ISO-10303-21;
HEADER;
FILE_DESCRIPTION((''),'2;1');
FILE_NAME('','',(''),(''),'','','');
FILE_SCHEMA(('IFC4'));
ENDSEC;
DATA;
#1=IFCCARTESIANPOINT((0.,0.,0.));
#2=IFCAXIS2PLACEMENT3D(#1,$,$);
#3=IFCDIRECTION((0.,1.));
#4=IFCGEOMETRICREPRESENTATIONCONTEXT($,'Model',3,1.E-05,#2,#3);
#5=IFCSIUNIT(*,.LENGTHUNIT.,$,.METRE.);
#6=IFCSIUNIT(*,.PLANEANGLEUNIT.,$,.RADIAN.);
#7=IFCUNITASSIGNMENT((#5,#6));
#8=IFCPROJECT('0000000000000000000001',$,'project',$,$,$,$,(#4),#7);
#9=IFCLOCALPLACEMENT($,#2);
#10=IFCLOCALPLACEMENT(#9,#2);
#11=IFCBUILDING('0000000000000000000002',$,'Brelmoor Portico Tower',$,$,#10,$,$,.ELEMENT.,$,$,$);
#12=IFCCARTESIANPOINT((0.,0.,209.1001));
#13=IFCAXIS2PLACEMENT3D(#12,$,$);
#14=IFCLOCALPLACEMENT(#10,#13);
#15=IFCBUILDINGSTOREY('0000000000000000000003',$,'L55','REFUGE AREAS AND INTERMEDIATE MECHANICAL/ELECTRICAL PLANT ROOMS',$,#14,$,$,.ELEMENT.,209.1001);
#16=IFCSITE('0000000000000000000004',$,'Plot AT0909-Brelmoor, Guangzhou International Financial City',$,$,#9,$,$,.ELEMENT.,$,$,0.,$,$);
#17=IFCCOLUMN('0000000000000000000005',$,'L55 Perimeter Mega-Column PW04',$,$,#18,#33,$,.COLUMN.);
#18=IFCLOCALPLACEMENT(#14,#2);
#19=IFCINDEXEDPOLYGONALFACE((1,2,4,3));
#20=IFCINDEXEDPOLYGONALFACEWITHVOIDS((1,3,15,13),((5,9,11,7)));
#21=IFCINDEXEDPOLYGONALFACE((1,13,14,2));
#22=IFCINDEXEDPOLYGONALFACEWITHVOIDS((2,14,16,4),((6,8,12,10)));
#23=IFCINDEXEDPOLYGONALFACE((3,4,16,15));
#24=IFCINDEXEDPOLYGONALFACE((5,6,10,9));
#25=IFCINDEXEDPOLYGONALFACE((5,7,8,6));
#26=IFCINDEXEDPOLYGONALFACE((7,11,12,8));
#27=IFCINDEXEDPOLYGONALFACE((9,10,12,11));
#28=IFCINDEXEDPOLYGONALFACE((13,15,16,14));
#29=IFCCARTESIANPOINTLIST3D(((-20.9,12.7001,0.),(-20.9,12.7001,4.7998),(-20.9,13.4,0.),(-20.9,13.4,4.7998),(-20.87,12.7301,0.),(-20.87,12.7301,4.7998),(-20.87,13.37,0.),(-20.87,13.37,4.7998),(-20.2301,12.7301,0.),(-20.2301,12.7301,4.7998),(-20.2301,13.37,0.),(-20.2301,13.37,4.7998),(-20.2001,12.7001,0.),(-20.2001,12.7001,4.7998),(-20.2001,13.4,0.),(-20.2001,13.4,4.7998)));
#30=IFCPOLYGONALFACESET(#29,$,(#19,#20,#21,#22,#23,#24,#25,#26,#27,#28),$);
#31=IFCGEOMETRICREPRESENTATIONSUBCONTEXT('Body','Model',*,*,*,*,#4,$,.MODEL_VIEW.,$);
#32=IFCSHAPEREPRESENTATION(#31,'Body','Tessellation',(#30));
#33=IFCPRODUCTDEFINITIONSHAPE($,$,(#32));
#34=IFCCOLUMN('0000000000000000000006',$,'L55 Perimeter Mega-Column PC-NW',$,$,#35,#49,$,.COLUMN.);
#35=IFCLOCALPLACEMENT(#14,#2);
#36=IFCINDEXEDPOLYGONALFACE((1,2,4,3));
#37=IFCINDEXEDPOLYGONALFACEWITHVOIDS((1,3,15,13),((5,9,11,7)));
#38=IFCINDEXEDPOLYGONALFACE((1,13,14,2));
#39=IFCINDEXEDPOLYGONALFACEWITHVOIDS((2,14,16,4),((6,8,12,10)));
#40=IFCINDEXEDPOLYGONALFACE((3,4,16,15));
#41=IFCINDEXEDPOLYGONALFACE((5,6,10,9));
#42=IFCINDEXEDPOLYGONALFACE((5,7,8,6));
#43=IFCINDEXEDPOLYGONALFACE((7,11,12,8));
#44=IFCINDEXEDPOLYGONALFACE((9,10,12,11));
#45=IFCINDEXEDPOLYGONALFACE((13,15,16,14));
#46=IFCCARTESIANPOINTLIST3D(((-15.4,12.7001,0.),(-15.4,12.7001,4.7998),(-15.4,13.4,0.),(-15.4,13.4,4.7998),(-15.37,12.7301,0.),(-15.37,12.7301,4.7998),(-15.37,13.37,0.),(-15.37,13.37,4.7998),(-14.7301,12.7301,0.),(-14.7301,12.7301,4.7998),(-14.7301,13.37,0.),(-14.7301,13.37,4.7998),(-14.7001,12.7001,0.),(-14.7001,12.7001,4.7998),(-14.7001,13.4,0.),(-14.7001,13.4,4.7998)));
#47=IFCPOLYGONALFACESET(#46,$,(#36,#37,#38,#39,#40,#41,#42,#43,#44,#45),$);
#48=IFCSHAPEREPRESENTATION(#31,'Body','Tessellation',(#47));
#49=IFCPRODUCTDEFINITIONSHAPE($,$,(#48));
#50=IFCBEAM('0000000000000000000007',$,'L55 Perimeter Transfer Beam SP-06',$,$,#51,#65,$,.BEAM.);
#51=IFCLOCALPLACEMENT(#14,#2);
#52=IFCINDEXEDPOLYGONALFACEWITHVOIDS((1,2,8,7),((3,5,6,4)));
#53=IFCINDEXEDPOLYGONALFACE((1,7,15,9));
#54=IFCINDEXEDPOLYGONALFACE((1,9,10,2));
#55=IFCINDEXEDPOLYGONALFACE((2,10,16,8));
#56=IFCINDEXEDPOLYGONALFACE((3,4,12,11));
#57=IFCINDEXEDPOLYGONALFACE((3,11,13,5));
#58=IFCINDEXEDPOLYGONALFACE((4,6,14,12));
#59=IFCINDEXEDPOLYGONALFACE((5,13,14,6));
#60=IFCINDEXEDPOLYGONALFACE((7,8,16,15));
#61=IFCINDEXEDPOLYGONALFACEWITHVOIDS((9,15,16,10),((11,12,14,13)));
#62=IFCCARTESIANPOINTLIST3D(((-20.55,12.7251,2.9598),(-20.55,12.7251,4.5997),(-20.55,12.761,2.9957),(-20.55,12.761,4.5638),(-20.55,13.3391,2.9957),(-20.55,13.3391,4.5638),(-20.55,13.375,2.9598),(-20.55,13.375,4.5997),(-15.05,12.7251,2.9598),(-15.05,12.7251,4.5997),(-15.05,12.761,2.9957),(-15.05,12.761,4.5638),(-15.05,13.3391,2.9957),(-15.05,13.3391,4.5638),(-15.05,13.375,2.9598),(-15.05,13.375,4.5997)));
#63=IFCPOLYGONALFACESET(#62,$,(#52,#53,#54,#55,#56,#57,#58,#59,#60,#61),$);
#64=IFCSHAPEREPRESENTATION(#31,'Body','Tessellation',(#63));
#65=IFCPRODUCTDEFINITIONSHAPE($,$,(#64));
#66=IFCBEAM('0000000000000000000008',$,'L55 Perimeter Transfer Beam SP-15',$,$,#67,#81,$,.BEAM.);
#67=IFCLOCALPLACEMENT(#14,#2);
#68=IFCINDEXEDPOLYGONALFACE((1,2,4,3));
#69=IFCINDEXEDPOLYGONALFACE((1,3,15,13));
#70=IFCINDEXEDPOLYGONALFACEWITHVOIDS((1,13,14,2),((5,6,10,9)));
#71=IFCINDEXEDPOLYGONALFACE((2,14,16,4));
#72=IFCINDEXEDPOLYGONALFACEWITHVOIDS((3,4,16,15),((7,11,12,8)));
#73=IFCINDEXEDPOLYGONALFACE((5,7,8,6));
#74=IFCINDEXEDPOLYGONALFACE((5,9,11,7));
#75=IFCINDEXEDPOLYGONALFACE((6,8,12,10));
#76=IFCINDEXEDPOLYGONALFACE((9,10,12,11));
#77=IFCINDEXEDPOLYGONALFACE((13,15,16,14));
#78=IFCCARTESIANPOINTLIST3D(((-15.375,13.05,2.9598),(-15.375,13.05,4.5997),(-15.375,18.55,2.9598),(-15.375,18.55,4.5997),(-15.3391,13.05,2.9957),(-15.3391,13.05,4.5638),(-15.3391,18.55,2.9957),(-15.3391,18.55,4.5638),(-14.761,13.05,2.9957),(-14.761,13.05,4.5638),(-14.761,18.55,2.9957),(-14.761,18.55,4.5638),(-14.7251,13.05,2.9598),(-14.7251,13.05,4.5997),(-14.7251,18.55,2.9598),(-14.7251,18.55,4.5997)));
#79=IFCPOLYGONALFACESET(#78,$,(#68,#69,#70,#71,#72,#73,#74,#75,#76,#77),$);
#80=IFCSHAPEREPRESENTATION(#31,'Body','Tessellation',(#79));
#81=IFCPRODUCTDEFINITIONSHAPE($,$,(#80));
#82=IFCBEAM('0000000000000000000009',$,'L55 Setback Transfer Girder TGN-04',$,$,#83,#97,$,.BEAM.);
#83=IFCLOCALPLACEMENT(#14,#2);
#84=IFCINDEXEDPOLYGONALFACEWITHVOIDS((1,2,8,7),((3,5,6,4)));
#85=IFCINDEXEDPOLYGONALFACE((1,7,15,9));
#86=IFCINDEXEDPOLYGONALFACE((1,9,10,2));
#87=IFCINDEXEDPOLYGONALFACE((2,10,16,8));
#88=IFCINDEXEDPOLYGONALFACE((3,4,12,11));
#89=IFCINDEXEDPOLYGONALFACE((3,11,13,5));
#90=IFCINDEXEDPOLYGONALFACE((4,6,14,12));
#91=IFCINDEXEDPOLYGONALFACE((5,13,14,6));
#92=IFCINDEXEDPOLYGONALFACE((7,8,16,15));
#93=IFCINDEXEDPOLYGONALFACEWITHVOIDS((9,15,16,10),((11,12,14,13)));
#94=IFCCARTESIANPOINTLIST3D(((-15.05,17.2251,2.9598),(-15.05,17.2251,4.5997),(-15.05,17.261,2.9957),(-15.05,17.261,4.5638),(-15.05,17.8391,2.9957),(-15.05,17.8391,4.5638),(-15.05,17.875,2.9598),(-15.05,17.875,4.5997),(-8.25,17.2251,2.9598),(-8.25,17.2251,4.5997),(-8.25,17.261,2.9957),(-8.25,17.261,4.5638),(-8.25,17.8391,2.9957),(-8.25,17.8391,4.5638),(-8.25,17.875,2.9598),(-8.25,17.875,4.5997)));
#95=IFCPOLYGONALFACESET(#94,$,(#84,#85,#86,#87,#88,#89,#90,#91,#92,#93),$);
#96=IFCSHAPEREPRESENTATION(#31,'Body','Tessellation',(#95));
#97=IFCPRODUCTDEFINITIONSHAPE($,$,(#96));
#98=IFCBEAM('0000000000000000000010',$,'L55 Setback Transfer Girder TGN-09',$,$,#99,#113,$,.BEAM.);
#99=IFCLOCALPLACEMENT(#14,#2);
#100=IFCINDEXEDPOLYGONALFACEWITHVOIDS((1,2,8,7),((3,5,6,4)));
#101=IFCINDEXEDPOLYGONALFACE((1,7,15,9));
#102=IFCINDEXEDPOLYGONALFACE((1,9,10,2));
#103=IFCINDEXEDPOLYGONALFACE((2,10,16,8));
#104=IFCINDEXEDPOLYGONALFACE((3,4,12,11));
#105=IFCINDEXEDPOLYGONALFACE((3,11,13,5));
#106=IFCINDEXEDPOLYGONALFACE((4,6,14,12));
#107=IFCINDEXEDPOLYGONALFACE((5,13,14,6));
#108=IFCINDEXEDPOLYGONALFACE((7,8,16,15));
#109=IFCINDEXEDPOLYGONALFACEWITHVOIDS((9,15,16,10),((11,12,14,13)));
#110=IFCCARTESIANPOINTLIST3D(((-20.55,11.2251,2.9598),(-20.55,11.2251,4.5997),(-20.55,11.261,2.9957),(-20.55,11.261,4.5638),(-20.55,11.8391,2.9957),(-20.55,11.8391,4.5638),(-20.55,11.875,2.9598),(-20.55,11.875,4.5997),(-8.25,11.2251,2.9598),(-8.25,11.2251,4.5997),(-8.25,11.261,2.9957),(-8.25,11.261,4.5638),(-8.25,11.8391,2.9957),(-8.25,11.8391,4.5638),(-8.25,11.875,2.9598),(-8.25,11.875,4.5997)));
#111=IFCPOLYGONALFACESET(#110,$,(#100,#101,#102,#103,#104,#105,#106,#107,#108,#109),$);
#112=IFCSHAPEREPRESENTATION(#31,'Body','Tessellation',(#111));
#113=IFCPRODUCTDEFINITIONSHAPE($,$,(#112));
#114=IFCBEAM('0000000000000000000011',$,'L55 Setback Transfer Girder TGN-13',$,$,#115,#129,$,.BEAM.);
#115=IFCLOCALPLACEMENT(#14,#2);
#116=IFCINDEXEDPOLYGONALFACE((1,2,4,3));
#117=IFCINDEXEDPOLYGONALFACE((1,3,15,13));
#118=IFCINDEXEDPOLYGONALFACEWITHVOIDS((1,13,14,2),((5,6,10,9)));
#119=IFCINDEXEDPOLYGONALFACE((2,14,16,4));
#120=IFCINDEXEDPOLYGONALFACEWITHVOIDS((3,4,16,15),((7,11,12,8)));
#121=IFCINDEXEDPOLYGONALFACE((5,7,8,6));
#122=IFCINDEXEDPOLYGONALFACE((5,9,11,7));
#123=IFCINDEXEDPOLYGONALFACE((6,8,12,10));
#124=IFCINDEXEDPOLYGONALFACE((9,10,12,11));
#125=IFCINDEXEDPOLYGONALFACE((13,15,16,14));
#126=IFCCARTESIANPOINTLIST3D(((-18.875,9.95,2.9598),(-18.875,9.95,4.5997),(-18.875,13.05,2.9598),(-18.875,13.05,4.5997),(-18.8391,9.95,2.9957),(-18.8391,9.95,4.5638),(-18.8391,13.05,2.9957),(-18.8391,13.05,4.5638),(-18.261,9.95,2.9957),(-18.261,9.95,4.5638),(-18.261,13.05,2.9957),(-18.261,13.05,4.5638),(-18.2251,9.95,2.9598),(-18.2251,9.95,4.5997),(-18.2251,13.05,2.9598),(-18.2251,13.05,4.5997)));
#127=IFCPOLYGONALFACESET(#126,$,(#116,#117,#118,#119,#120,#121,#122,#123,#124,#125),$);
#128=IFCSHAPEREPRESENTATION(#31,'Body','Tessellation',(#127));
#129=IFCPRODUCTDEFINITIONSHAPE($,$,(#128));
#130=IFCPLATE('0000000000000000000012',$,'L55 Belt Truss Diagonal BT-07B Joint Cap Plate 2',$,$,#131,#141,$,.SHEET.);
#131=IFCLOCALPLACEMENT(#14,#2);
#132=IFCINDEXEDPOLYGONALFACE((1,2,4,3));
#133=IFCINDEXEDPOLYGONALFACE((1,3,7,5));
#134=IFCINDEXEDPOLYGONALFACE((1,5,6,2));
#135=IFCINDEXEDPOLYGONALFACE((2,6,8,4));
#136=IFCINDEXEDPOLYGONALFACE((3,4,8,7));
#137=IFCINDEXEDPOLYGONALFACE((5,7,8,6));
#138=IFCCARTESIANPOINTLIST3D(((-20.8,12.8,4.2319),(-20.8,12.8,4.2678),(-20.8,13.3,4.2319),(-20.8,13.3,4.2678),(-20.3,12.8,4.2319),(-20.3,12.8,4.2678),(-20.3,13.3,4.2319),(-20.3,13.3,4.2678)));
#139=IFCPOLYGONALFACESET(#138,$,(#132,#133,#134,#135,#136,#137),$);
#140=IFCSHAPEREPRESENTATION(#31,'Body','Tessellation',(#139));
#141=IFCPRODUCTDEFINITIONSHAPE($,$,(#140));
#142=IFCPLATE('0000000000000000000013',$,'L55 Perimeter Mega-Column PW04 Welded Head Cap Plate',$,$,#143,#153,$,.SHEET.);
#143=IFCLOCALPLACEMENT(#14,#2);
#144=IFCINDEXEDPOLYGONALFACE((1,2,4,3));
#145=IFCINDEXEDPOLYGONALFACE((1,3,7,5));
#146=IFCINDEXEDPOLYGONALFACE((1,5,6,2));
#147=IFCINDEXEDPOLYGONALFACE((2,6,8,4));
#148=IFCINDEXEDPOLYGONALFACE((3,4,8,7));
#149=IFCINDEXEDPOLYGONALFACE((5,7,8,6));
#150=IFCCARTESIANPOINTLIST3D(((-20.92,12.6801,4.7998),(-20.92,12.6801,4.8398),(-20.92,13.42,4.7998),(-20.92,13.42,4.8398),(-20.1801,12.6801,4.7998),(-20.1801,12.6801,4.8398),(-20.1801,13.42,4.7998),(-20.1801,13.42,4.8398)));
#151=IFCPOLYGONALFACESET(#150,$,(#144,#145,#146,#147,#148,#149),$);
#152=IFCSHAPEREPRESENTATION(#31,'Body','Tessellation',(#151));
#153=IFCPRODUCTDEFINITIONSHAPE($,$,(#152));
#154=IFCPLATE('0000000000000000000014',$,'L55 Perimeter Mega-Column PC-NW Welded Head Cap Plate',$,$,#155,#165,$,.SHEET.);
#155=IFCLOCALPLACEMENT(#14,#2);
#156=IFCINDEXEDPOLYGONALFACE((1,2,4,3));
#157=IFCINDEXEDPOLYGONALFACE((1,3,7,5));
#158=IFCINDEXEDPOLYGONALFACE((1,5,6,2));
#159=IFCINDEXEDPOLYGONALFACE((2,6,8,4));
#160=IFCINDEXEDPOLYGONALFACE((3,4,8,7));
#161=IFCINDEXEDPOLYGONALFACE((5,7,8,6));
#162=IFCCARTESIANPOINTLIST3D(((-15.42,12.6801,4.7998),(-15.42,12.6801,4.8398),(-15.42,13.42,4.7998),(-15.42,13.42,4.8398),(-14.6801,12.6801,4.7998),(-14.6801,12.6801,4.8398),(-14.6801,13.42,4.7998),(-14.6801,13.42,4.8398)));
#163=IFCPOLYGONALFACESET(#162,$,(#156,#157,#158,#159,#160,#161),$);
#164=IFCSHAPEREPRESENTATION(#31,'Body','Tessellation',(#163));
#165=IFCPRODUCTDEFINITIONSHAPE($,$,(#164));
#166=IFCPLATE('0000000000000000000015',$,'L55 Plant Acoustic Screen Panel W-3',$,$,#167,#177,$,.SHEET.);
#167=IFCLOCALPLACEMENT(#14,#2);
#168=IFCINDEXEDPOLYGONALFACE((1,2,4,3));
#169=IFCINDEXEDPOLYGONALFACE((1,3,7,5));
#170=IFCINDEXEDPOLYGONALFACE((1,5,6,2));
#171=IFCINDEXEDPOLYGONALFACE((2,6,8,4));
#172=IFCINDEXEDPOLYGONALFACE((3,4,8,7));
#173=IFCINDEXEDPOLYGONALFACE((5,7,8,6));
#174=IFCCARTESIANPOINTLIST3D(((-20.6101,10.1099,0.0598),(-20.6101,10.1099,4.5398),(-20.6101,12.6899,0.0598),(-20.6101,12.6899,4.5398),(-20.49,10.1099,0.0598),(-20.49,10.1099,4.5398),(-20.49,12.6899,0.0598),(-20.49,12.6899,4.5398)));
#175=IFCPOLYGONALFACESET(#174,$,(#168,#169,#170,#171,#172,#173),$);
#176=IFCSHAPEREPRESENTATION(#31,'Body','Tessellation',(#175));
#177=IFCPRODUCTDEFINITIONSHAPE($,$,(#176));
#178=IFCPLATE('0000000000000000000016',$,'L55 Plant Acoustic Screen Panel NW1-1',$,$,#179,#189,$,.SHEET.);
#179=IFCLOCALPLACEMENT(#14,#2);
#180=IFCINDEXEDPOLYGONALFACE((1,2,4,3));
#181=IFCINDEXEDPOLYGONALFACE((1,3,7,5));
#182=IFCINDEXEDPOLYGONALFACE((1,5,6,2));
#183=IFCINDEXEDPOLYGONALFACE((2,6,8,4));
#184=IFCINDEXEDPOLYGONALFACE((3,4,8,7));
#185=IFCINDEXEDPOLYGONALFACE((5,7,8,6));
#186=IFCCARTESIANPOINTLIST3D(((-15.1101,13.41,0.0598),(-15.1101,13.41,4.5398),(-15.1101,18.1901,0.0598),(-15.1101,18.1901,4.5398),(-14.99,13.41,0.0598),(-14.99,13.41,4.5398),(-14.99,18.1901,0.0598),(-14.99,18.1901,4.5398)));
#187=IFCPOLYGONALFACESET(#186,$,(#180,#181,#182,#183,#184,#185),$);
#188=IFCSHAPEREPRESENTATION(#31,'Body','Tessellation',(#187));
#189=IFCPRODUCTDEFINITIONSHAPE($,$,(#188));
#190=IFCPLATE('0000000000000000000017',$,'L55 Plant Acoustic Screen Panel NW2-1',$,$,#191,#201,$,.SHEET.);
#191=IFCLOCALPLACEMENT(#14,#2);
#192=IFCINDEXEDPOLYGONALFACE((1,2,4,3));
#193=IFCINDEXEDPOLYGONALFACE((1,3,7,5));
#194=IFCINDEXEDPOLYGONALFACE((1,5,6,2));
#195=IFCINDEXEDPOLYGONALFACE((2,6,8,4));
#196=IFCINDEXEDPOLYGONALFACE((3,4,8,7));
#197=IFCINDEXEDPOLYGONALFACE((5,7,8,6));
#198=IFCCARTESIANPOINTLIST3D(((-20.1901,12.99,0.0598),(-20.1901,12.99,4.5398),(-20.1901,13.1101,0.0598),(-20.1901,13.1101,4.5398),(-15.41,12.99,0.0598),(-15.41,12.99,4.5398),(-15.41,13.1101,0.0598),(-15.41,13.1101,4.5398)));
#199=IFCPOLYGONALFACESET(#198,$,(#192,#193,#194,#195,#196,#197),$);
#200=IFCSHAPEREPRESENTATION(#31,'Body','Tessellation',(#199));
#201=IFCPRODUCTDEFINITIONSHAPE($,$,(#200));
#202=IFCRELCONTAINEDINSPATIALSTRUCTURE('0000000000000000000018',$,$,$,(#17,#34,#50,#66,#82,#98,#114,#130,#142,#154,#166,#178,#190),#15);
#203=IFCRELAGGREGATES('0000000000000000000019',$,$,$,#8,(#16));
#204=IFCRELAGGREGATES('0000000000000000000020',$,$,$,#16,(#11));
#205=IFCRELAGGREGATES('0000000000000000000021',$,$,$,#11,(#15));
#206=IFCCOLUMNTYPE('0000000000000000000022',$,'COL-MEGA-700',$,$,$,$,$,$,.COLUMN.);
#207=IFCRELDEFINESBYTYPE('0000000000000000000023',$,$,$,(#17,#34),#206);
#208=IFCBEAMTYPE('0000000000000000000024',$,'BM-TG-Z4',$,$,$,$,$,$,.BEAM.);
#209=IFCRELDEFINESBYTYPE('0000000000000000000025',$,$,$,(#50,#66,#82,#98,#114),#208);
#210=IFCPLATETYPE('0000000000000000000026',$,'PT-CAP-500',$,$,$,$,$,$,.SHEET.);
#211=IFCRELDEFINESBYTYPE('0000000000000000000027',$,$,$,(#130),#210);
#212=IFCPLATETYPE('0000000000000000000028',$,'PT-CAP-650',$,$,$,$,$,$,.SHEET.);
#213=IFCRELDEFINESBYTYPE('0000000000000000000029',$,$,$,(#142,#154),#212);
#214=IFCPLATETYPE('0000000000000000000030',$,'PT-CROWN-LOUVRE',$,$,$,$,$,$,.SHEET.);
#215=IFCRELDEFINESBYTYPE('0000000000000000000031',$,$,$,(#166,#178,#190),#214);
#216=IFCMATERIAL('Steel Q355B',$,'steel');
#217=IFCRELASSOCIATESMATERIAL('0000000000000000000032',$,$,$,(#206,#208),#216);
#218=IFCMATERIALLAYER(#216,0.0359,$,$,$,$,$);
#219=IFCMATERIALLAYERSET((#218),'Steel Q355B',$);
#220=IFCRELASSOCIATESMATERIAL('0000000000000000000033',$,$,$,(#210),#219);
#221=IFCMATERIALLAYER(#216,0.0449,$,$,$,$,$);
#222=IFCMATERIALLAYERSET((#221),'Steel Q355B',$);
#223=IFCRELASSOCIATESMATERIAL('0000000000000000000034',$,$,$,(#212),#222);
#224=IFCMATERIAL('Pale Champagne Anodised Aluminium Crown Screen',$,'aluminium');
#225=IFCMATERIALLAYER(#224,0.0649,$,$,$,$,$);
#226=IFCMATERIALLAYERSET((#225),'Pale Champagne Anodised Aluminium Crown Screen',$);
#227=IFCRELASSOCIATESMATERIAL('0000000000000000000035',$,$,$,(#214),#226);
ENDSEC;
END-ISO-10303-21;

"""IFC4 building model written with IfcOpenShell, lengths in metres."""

from ifc_helpers import new_model, si_unit, direction, frame, origin, origin_2d, place, context, subcontext, project, spatial, rectangle, hollow_rectangle, extrude, material, layer, layer_set, material_profile, profile_set, type_object, element, save


model = new_model("IFC4")

# Units and contexts
model_context = context("Model", 3, precision=1e-05, world=origin(), true_north=direction((0.0, 1.0)))
body_context = subcontext(model_context, "Body", "Model", "MODEL_VIEW")
ifc_project = project(units=[si_unit("LENGTHUNIT", "METRE"), si_unit("PLANEANGLEUNIT", "RADIAN")], contexts=[model_context])

# Site, building, storey
site_placement = place(None, origin())
site = spatial("IfcSite", under=ifc_project, at=site_placement, Name="Plot AT0909-Brelmoor, Guangzhou International Financial City", CompositionType="ELEMENT", RefElevation=0.0)
building_placement = place(site_placement, origin())
building = spatial("IfcBuilding", under=site, at=building_placement, Name="Brelmoor Portico Tower", CompositionType="ELEMENT")
storey_placement = place(building_placement, frame((0.0, 0.0, 209.1001)))
storey = spatial("IfcBuildingStorey", under=building, at=storey_placement, Name="L55", Description="REFUGE AREAS AND INTERMEDIATE MECHANICAL/ELECTRICAL PLANT ROOMS", CompositionType="ELEMENT", Elevation=209.1001)

# Columns
ifc_material_1 = material(Name="Steel Q355B", Category="steel")
ifc_material_profile_1 = material_profile(ifc_material_1, hollow_rectangle(XDim=0.7, YDim=0.7, WallThickness=0.03, at=origin_2d()), Name="BOX 700x700x30")
ifc_profile_set_1 = profile_set([ifc_material_profile_1], Name="Steel Q355B")
column_type = type_object("IfcColumnType", Name="COL-MEGA-700", PredefinedType="COLUMN", material=ifc_profile_set_1)
for number, where, z_axis, x_axis, name in (
    (1, (-20.55, 13.05, 0.0), (0.0, 0.0, 1.0), (0.0, 1.0, 0.0), "L55 Perimeter Mega-Column PW04"),
    (2, (-15.05, 13.05, 0.0), (0.0, 0.0, 1.0), (1.0, 0.0, 0.0), "L55 Perimeter Mega-Column PC-NW"),
):
    element("IfcColumn", number, at=place(storey_placement, frame(where, z_axis=z_axis, x_axis=x_axis)), inside=storey, type_object=column_type, Name=name, PredefinedType="COLUMN", context=body_context, shape_type="SweptSolid", body=[
        extrude(hollow_rectangle(XDim=0.7, YDim=0.7, WallThickness=0.03, at=origin_2d()), origin(), (0.0, 0.0, 1.0), 4.7998),
    ])

# Beams
ifc_material_profile_2 = material_profile(ifc_material_1, hollow_rectangle(XDim=0.6499, YDim=1.6399, WallThickness=0.0359, at=origin_2d()), Name="BOX 650x1640x36")
ifc_profile_set_2 = profile_set([ifc_material_profile_2], Name="Steel Q355B")
beam_type = type_object("IfcBeamType", Name="BM-TG-Z4", PredefinedType="BEAM", material=ifc_profile_set_2)
for number, where, z_axis, x_axis, name in (
    (3, (-20.55, 13.05, 3.7798), (1.0, 0.0, 0.0), (0.0, 1.0, 0.0), "L55 Perimeter Transfer Beam SP-06"),
    (4, (-15.05, 13.05, 3.7798), (0.0, 1.0, 0.0), (-1.0, 0.0, 0.0), "L55 Perimeter Transfer Beam SP-15"),
):
    element("IfcBeam", number, at=place(storey_placement, frame(where, z_axis=z_axis, x_axis=x_axis)), inside=storey, type_object=beam_type, Name=name, PredefinedType="BEAM", context=body_context, shape_type="SweptSolid", body=[
        extrude(hollow_rectangle(XDim=0.6499, YDim=1.6399, WallThickness=0.0359, at=origin_2d()), origin(), (0.0, 0.0, 1.0), 5.5),
    ])
beam_1_placement = place(storey_placement, frame((-15.05, 17.55, 3.7798), z_axis=(1.0, 0.0, 0.0), x_axis=(0.0, 1.0, 0.0)))
element("IfcBeam", 5, at=beam_1_placement, inside=storey, type_object=beam_type, Name="L55 Setback Transfer Girder TGN-04", PredefinedType="BEAM", context=body_context, shape_type="SweptSolid", body=[
    extrude(hollow_rectangle(XDim=0.6499, YDim=1.6399, WallThickness=0.0359, at=origin_2d()), origin(), (0.0, 0.0, 1.0), 6.8),
])
beam_2_placement = place(storey_placement, frame((-20.55, 11.55, 3.7798), z_axis=(1.0, 0.0, 0.0), x_axis=(0.0, 1.0, 0.0)))
element("IfcBeam", 6, at=beam_2_placement, inside=storey, type_object=beam_type, Name="L55 Setback Transfer Girder TGN-09", PredefinedType="BEAM", context=body_context, shape_type="SweptSolid", body=[
    extrude(hollow_rectangle(XDim=0.6499, YDim=1.6399, WallThickness=0.0359, at=origin_2d()), origin(), (0.0, 0.0, 1.0), 12.3),
])
beam_3_placement = place(storey_placement, frame((-18.55, 9.95, 3.7798), z_axis=(0.0, 1.0, 0.0), x_axis=(-1.0, 0.0, 0.0)))
element("IfcBeam", 7, at=beam_3_placement, inside=storey, type_object=beam_type, Name="L55 Setback Transfer Girder TGN-13", PredefinedType="BEAM", context=body_context, shape_type="SweptSolid", body=[
    extrude(hollow_rectangle(XDim=0.6499, YDim=1.6399, WallThickness=0.0359, at=origin_2d()), origin(), (0.0, 0.0, 1.0), 3.1001),
])

# Plates
ifc_layer_1 = layer(ifc_material_1, 0.0359)
ifc_layer_set_1 = layer_set([ifc_layer_1], Name="Steel Q355B")
plate_type_1 = type_object("IfcPlateType", Name="PT-CAP-500", PredefinedType="SHEET", material=ifc_layer_set_1)
plate_1_placement = place(storey_placement, frame((-20.55, 13.05, 4.2319), z_axis=(0.0, 0.0, 1.0), x_axis=(1.0, 0.0, 0.0)))
element("IfcPlate", 8, at=plate_1_placement, inside=storey, type_object=plate_type_1, Name="L55 Belt Truss Diagonal BT-07B Joint Cap Plate 2", PredefinedType="SHEET", context=body_context, shape_type="SweptSolid", body=[
    extrude(rectangle(XDim=0.5, YDim=0.5, at=origin_2d()), origin(), (0.0, 0.0, 1.0), 0.0359),
])
ifc_layer_2 = layer(ifc_material_1, 0.0449)
ifc_layer_set_2 = layer_set([ifc_layer_2], Name="Steel Q355B")
plate_type_2 = type_object("IfcPlateType", Name="PT-CAP-650", PredefinedType="SHEET", material=ifc_layer_set_2)
for number, where, z_axis, x_axis, name in (
    (9, (-20.55, 13.05, 4.7998), (0.0, 0.0, 1.0), (0.0, 1.0, 0.0), "L55 Perimeter Mega-Column PW04 Welded Head Cap Plate"),
    (10, (-15.05, 13.05, 4.7998), (0.0, 0.0, 1.0), (1.0, 0.0, 0.0), "L55 Perimeter Mega-Column PC-NW Welded Head Cap Plate"),
):
    element("IfcPlate", number, at=place(storey_placement, frame(where, z_axis=z_axis, x_axis=x_axis)), inside=storey, type_object=plate_type_2, Name=name, PredefinedType="SHEET", context=body_context, shape_type="SweptSolid", body=[
        extrude(rectangle(XDim=0.74, YDim=0.74, at=origin_2d()), origin(), (0.0, 0.0, 1.0), 0.04),
    ])
ifc_material_2 = material(Name="Pale Champagne Anodised Aluminium Crown Screen", Category="aluminium")
ifc_layer_3 = layer(ifc_material_2, 0.0649)
ifc_layer_set_3 = layer_set([ifc_layer_3], Name="Pale Champagne Anodised Aluminium Crown Screen")
plate_type_3 = type_object("IfcPlateType", Name="PT-CROWN-LOUVRE", PredefinedType="SHEET", material=ifc_layer_set_3)
plate_2_placement = place(storey_placement, frame((-20.55, 11.3999, 0.0598), z_axis=(0.0, 0.0, 1.0), x_axis=(0.0, 1.0, 0.0)))
element("IfcPlate", 11, at=plate_2_placement, inside=storey, type_object=plate_type_3, Name="L55 Plant Acoustic Screen Panel W-3", PredefinedType="SHEET", context=body_context, shape_type="SweptSolid", body=[
    extrude(rectangle(XDim=2.5801, YDim=0.1201, at=origin_2d()), origin(), (0.0, 0.0, 1.0), 4.48),
])
for number, where, z_axis, x_axis, name in (
    (12, (-15.05, 15.8, 0.0598), (0.0, 0.0, 1.0), (0.0, 1.0, 0.0), "L55 Plant Acoustic Screen Panel NW1-1"),
    (13, (-17.8, 13.05, 0.0598), (0.0, 0.0, 1.0), (1.0, 0.0, 0.0), "L55 Plant Acoustic Screen Panel NW2-1"),
):
    element("IfcPlate", number, at=place(storey_placement, frame(where, z_axis=z_axis, x_axis=x_axis)), inside=storey, type_object=plate_type_3, Name=name, PredefinedType="SHEET", context=body_context, shape_type="SweptSolid", body=[
        extrude(rectangle(XDim=4.78, YDim=0.1201, at=origin_2d()), origin(), (0.0, 0.0, 1.0), 4.48),
    ])

save(model, "model.ifc")
